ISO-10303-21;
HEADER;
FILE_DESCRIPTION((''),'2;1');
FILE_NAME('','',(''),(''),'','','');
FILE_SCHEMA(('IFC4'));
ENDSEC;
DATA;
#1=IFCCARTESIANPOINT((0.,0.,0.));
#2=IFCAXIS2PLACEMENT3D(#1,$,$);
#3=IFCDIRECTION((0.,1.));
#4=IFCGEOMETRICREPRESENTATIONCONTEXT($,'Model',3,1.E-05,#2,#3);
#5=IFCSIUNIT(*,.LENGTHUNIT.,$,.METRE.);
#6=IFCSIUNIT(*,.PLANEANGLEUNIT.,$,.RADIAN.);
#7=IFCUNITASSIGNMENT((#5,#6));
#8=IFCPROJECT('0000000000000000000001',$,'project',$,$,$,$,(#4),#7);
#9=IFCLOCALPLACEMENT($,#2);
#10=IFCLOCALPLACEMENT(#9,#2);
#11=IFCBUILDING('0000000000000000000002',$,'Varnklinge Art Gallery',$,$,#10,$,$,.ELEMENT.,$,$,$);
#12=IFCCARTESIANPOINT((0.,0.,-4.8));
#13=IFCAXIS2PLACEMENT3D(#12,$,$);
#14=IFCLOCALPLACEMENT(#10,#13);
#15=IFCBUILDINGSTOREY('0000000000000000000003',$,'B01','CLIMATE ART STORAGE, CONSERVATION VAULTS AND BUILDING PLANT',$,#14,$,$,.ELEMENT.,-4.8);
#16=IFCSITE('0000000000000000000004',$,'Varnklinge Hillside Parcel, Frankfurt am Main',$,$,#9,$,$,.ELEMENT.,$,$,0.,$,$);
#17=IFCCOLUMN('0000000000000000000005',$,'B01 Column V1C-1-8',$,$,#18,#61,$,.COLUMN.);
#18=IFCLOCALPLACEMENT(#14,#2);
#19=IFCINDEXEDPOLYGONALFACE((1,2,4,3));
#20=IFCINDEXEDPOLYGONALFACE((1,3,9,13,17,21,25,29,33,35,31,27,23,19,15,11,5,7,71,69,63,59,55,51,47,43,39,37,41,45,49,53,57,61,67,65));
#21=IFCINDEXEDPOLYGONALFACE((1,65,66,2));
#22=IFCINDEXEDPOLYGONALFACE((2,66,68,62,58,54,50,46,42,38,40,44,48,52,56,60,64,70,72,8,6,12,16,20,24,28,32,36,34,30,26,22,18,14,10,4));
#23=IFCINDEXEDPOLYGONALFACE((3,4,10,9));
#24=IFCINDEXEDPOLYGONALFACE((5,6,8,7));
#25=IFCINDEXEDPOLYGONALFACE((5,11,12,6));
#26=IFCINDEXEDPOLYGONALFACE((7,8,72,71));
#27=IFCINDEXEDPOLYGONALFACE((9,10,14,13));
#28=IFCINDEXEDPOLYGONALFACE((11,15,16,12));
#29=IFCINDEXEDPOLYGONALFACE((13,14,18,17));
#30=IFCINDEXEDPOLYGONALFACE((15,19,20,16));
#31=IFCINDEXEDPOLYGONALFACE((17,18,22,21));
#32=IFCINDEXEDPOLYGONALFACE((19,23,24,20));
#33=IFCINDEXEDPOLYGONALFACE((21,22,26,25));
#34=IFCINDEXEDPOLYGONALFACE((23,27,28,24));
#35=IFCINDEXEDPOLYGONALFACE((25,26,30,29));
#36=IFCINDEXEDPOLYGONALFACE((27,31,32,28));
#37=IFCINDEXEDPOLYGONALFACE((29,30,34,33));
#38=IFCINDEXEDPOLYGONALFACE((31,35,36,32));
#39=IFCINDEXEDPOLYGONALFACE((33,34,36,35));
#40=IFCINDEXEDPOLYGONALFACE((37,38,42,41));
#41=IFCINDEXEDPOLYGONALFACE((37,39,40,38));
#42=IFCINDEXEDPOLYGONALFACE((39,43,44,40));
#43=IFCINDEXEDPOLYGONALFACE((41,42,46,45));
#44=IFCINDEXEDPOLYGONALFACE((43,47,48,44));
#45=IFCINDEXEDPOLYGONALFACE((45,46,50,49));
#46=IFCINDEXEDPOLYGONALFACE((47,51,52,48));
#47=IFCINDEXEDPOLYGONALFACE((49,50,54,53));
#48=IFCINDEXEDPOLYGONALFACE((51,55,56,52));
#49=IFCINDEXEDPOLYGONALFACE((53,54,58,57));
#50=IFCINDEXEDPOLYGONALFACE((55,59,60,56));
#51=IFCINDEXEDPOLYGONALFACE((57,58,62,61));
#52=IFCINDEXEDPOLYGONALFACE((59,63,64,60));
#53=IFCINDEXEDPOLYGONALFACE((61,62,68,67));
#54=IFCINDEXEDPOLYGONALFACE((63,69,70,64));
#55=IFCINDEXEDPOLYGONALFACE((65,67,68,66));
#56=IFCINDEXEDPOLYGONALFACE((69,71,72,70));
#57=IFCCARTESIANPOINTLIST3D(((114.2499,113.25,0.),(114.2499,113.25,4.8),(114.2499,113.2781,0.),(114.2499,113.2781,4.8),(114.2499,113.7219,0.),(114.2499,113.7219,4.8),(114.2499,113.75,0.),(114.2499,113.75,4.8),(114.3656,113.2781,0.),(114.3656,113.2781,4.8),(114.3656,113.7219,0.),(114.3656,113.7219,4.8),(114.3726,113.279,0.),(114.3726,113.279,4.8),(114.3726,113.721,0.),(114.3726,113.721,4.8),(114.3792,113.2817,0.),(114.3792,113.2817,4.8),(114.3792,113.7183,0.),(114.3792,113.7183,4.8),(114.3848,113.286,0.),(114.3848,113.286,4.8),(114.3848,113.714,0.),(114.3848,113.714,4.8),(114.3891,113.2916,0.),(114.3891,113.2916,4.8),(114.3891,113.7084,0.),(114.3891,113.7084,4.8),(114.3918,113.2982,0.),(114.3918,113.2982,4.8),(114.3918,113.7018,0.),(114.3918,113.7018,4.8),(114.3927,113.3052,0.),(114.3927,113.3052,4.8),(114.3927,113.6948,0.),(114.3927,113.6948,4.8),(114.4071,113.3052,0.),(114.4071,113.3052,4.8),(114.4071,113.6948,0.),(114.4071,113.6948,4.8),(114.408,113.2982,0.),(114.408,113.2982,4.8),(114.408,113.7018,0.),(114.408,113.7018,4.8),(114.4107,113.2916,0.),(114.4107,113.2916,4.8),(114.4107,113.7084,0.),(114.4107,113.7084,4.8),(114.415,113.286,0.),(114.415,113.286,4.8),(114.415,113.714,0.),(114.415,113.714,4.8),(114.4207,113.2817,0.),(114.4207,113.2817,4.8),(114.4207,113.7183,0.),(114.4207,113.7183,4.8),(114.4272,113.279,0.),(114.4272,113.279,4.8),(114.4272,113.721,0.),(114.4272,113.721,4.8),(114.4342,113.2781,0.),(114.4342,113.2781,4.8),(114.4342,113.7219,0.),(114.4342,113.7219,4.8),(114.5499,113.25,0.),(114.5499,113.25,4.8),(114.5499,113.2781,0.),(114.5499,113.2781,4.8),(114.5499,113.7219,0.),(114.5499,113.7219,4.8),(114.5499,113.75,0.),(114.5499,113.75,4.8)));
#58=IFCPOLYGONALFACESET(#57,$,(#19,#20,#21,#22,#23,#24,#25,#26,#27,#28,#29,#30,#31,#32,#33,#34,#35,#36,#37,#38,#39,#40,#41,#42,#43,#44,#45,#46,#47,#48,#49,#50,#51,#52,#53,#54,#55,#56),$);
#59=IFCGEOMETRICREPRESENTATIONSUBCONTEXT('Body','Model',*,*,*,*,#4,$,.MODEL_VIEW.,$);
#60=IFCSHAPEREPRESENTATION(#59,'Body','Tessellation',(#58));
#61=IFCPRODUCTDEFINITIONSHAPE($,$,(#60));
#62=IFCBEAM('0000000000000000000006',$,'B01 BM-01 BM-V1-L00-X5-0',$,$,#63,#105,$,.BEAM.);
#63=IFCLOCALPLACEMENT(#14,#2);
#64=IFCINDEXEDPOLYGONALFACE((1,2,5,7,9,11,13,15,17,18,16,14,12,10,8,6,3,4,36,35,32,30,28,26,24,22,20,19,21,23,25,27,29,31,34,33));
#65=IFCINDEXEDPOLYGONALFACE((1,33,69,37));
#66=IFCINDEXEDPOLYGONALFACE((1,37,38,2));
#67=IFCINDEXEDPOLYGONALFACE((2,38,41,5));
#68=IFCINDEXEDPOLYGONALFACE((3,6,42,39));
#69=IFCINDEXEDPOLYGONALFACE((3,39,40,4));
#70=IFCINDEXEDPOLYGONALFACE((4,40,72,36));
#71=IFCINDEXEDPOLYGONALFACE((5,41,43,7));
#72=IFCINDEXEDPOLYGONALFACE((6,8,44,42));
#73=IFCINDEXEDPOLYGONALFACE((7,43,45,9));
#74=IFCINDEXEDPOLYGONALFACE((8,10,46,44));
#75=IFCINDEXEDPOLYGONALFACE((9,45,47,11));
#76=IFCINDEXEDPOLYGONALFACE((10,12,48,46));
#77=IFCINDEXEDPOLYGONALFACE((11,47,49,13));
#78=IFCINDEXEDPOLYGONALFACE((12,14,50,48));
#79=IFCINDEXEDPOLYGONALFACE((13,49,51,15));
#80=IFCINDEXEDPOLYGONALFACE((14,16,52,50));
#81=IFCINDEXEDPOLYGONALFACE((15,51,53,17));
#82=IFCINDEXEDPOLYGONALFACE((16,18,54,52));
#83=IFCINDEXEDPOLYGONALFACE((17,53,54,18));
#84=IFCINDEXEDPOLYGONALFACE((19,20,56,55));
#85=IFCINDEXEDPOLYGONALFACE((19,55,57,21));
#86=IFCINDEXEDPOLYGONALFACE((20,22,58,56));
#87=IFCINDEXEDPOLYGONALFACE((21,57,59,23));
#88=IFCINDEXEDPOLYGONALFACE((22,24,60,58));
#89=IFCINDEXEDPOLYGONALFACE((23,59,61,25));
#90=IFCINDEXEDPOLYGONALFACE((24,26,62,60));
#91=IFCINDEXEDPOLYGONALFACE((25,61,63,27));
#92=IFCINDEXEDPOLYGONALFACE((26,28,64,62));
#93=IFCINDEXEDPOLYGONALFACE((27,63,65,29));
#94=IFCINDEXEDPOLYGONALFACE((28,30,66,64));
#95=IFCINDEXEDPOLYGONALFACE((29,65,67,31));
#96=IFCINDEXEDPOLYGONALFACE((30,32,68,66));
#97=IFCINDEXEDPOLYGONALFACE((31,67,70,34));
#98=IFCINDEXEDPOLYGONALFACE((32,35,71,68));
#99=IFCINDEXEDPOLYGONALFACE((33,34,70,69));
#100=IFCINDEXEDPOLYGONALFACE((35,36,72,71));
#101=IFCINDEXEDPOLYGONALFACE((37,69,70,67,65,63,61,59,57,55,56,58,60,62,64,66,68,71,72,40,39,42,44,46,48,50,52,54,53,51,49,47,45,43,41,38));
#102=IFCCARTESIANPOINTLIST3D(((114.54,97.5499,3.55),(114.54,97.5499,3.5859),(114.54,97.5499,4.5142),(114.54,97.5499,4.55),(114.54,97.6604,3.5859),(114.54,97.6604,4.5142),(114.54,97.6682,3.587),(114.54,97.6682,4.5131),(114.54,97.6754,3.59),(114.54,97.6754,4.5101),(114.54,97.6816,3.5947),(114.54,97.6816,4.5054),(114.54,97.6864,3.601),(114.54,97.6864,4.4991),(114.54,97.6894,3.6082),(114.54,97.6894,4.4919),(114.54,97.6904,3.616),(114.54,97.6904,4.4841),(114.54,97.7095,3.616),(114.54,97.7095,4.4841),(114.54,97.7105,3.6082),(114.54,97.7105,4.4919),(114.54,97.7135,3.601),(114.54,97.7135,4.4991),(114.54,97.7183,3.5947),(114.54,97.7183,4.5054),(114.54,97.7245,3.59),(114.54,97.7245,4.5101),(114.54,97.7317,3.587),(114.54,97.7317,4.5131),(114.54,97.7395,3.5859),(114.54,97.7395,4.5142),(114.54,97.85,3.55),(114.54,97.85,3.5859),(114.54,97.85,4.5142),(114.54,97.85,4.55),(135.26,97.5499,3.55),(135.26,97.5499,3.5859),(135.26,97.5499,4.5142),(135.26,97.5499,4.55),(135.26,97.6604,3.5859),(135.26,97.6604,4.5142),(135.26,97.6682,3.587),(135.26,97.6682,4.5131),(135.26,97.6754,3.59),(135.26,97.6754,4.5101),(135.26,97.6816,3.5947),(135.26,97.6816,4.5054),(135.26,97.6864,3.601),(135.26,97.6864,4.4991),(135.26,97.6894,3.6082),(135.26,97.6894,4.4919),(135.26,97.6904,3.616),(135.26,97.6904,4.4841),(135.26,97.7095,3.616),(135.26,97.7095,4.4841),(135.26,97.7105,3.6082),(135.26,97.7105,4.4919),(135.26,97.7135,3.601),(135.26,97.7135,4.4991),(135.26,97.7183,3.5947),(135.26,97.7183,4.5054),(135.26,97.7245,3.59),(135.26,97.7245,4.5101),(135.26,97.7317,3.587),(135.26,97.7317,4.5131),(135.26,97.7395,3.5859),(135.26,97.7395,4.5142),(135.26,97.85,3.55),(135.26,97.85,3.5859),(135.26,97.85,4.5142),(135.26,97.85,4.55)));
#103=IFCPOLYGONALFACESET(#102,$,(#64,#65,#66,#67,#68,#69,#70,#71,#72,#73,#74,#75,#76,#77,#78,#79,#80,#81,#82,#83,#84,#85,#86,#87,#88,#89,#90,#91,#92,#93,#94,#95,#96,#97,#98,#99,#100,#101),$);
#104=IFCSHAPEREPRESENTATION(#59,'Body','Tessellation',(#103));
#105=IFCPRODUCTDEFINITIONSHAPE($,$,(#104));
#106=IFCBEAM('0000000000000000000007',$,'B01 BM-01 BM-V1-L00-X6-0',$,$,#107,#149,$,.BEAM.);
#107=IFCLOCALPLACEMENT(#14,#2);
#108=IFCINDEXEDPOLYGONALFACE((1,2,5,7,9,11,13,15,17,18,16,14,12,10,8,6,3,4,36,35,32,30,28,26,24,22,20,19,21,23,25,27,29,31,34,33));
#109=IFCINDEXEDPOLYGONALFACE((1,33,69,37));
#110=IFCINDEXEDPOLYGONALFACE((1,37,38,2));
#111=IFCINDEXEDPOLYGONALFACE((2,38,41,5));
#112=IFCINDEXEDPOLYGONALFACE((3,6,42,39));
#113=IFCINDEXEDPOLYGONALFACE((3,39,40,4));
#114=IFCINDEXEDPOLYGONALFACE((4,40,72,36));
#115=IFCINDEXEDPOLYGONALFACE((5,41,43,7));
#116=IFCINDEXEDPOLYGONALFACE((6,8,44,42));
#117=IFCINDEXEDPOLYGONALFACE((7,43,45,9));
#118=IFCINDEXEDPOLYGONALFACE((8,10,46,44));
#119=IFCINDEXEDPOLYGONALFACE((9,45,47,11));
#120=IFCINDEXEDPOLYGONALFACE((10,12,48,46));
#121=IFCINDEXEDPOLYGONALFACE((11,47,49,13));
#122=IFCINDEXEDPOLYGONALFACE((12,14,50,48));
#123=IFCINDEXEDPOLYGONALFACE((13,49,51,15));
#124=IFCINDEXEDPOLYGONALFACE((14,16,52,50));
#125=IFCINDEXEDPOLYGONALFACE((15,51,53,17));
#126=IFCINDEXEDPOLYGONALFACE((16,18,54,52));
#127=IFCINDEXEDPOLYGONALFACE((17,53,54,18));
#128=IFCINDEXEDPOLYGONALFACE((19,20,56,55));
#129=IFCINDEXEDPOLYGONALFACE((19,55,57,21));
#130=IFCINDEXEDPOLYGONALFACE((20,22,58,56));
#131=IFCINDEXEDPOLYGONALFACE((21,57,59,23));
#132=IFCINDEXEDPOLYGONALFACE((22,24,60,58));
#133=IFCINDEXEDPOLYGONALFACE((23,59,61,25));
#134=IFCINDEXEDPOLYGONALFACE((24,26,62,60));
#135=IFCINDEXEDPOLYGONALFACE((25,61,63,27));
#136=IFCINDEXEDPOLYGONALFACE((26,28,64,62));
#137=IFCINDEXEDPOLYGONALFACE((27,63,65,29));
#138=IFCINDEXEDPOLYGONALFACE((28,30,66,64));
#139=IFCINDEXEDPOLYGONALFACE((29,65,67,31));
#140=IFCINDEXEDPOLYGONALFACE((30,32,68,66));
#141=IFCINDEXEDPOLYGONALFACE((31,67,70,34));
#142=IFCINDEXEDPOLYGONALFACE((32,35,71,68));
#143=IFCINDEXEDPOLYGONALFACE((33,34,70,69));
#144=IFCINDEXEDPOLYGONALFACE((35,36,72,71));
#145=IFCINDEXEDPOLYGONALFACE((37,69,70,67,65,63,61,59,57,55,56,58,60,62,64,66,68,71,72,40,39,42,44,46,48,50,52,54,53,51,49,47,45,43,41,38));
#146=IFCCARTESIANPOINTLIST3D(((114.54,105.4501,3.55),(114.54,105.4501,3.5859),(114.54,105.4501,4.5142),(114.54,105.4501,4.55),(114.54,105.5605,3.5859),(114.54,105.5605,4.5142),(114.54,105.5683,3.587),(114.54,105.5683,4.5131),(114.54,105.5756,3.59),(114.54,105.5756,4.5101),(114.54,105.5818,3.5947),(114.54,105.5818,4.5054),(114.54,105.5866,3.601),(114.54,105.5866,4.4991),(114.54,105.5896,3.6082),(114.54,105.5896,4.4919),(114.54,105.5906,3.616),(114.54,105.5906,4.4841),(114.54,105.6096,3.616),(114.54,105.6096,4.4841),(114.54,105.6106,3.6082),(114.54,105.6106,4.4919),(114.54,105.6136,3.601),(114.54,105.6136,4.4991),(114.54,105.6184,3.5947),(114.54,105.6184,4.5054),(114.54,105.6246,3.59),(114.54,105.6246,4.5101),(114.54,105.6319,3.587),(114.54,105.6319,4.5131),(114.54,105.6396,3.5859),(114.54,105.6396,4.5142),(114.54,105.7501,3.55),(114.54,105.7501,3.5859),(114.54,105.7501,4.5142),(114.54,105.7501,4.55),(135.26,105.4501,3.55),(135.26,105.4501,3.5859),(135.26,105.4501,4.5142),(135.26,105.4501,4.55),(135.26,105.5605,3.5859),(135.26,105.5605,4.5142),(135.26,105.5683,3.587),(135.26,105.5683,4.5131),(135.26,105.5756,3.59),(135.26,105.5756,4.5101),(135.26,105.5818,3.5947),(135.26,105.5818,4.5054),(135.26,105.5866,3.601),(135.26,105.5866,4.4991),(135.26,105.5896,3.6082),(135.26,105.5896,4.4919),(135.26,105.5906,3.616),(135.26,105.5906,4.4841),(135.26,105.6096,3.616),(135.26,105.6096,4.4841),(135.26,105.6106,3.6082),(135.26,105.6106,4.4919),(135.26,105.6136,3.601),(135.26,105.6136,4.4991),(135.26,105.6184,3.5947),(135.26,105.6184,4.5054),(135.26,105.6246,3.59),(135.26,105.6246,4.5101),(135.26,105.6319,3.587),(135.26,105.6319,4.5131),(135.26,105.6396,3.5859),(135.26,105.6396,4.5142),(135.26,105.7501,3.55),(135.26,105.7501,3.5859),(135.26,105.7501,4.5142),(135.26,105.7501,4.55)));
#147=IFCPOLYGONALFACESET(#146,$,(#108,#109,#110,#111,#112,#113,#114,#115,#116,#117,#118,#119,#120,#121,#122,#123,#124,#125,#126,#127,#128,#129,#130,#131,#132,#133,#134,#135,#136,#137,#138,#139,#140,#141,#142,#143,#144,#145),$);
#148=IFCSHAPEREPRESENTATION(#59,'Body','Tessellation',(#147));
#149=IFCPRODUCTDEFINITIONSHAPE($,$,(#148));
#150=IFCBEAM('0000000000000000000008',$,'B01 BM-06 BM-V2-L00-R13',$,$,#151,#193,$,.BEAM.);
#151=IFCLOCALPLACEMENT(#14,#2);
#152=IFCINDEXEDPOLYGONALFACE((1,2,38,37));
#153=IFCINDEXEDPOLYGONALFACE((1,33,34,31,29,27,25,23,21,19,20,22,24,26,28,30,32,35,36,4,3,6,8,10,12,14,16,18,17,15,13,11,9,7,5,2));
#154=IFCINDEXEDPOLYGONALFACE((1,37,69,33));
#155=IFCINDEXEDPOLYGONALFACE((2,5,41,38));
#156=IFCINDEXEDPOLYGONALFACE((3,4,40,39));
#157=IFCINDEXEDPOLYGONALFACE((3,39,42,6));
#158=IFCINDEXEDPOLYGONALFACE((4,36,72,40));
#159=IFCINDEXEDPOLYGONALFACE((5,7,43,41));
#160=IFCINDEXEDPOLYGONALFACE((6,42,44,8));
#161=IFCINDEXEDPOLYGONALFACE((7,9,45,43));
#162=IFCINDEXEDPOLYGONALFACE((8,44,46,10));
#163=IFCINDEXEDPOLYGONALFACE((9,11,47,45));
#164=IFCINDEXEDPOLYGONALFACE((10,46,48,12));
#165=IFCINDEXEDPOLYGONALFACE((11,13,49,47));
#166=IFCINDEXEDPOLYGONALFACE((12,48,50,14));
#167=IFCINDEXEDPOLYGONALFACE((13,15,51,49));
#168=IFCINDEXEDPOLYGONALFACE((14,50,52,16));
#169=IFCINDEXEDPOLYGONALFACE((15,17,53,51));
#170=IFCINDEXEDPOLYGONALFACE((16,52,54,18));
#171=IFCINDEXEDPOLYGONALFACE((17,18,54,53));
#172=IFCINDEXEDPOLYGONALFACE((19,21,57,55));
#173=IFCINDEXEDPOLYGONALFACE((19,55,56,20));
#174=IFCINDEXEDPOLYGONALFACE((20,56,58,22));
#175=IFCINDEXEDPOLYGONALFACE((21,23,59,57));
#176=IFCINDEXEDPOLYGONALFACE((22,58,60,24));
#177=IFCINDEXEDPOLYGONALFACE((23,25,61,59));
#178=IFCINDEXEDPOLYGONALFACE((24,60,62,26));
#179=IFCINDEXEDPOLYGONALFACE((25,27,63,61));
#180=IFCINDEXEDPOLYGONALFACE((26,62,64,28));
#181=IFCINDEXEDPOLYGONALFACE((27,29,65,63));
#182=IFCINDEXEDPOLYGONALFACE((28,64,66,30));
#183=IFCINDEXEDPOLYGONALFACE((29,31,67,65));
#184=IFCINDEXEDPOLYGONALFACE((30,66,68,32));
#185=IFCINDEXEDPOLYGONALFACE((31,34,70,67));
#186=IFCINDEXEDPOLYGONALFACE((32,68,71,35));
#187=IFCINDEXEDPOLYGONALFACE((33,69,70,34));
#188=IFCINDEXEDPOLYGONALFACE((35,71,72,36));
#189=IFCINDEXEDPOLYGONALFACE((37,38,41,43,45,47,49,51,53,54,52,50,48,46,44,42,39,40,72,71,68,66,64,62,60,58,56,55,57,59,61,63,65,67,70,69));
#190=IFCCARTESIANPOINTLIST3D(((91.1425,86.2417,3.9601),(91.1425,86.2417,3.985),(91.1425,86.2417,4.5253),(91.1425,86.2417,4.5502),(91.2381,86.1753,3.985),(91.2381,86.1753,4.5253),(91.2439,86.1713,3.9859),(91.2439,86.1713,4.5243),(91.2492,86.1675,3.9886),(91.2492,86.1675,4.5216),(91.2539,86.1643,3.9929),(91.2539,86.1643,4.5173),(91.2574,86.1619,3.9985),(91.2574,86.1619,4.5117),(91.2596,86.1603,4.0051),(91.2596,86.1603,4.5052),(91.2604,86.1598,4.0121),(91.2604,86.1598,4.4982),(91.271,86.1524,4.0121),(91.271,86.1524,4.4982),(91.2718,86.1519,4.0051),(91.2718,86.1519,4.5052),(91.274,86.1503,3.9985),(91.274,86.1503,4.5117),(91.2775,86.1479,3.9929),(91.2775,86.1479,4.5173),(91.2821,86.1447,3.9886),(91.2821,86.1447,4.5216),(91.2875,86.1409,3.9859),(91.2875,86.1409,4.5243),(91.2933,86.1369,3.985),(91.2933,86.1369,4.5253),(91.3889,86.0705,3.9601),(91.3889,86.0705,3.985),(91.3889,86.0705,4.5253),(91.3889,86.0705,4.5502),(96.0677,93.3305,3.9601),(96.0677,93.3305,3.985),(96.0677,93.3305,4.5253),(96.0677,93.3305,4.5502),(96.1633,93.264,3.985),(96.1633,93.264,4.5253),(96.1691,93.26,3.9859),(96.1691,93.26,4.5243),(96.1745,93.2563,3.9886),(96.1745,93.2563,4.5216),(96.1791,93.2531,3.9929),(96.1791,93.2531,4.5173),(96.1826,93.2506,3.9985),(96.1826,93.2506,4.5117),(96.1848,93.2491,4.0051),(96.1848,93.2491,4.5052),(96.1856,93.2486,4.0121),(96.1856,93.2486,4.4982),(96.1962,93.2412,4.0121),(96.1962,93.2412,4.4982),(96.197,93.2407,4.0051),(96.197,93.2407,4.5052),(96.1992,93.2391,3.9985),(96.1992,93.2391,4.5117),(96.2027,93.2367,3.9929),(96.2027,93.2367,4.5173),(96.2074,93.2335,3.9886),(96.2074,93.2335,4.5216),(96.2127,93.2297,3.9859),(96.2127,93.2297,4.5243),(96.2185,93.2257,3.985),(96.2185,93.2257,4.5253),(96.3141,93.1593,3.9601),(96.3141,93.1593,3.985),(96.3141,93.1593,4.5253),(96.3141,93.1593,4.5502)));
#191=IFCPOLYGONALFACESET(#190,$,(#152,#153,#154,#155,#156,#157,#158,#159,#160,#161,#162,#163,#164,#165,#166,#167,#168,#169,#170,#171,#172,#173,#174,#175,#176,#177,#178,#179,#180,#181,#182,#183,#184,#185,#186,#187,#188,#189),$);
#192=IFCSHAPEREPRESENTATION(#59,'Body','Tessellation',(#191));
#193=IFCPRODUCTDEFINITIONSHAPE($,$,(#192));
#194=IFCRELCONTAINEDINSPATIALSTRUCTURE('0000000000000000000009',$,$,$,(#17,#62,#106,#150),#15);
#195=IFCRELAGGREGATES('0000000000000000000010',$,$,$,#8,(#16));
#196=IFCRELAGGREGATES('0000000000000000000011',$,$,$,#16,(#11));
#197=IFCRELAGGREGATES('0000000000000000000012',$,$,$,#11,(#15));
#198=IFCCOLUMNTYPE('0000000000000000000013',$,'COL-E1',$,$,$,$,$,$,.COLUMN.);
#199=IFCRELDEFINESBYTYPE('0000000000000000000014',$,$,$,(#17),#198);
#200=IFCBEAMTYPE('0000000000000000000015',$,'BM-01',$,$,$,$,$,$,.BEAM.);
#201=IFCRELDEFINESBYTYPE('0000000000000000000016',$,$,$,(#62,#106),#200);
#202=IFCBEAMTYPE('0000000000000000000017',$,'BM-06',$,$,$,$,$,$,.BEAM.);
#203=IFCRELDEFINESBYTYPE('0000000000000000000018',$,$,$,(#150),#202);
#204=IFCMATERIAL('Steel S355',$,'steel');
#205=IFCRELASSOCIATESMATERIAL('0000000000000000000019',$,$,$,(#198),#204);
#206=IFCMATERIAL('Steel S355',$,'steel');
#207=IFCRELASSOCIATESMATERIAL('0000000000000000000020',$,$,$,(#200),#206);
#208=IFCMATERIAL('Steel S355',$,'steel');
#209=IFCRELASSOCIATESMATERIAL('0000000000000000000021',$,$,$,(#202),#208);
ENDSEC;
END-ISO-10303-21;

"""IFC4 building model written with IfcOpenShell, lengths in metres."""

from ifc_helpers import new_model, si_unit, direction, frame, origin, origin_2d, place, context, subcontext, project, spatial, i_section, extrude, material, material_profile, profile_set, type_object, element, save


model = new_model("IFC4")

# Units and contexts
model_context = context("Model", 3, precision=1e-05, world=origin(), true_north=direction((0.0, 1.0)))
body_context = subcontext(model_context, "Body", "Model", "MODEL_VIEW")
ifc_project = project(units=[si_unit("LENGTHUNIT", "METRE"), si_unit("PLANEANGLEUNIT", "RADIAN")], contexts=[model_context])

# Site, building, storey
site_placement = place(None, origin())
site = spatial("IfcSite", under=ifc_project, at=site_placement, Name="Varnklinge Hillside Parcel, Frankfurt am Main", CompositionType="ELEMENT", RefElevation=0.0)
building_placement = place(site_placement, origin())
building = spatial("IfcBuilding", under=site, at=building_placement, Name="Varnklinge Art Gallery", CompositionType="ELEMENT")
storey_placement = place(building_placement, frame((0.0, 0.0, -4.8)))
storey = spatial("IfcBuildingStorey", under=building, at=storey_placement, Name="B01", Description="CLIMATE ART STORAGE, CONSERVATION VAULTS AND BUILDING PLANT", CompositionType="ELEMENT", Elevation=-4.8)

# Column
ifc_material_1 = material(Name="Steel S355", Category="steel")
ifc_material_profile_1 = material_profile(ifc_material_1, i_section(OverallWidth=0.3, OverallDepth=0.5, WebThickness=0.0144, FlangeThickness=0.0281, FilletRadius=0.0271, at=origin_2d()), Name="HEB 500")
ifc_profile_set_1 = profile_set([ifc_material_profile_1], Name="Steel S355")
column_type_1 = type_object("IfcColumnType", Name="COL-E1", PredefinedType="COLUMN", material=ifc_profile_set_1)
for number, where, z_axis, x_axis, name in (
    (1, (114.3999, 113.5, 0.0), (0.0, 0.0, 1.0), (1.0, 0.0, 0.0), "B01 Column V1C-1-8"),
):
    element("IfcColumn", number, at=place(storey_placement, frame(where, z_axis=z_axis, x_axis=x_axis)), inside=storey, type_object=column_type_1, Name=name, PredefinedType="COLUMN", context=body_context, shape_type="SweptSolid", body=[
        extrude(i_section(OverallWidth=0.3, OverallDepth=0.5, WebThickness=0.0144, FlangeThickness=0.0281, FilletRadius=0.0271, at=origin_2d()), origin(), (0.0, 0.0, 1.0), 4.8),
    ])

# Beams
ifc_material_2 = material(Name="Steel S355", Category="steel")
ifc_material_profile_2 = material_profile(ifc_material_2, i_section(OverallWidth=0.3, OverallDepth=1.0, WebThickness=0.019, FlangeThickness=0.0359, FilletRadius=0.03, at=origin_2d()), Name="HEB 1000")
ifc_profile_set_2 = profile_set([ifc_material_profile_2], Name="Steel S355")
beam_type_1 = type_object("IfcBeamType", Name="BM-01", PredefinedType="BEAM", material=ifc_profile_set_2)
for number, where, z_axis, x_axis, name in (
    (2, (114.54, 97.7, 4.05), (1.0, 0.0, 0.0), (0.0, 1.0, 0.0), "B01 BM-01 BM-V1-L00-X5-0"),
    (3, (114.54, 105.6001, 4.05), (1.0, 0.0, 0.0), (0.0, 1.0, 0.0), "B01 BM-01 BM-V1-L00-X6-0"),
):
    element("IfcBeam", number, at=place(storey_placement, frame(where, z_axis=z_axis, x_axis=x_axis)), inside=storey, type_object=beam_type_1, Name=name, PredefinedType="BEAM", context=body_context, shape_type="SweptSolid", body=[
        extrude(i_section(OverallWidth=0.3, OverallDepth=1.0, WebThickness=0.019, FlangeThickness=0.0359, FilletRadius=0.03, at=origin_2d()), origin(), (0.0, 0.0, 1.0), 20.72),
    ])
ifc_material_3 = material(Name="Steel S355", Category="steel")
ifc_material_profile_3 = material_profile(ifc_material_3, i_section(OverallWidth=0.3, OverallDepth=0.5901, WebThickness=0.0129, FlangeThickness=0.0249, FilletRadius=0.0271, at=origin_2d()), Name="HEA 600")
ifc_profile_set_3 = profile_set([ifc_material_profile_3], Name="Steel S355")
beam_type_2 = type_object("IfcBeamType", Name="BM-06", PredefinedType="BEAM", material=ifc_profile_set_3)
beam_1_placement = place(storey_placement, frame((96.1909, 93.2449, 4.2551), z_axis=(-0.570589, -0.821236, 0.0), x_axis=(0.821236, -0.570589, 0.0)))
element("IfcBeam", 4, at=beam_1_placement, inside=storey, type_object=beam_type_2, Name="B01 BM-06 BM-V2-L00-R13", PredefinedType="BEAM", context=body_context, shape_type="SweptSolid", body=[
    extrude(i_section(OverallWidth=0.3, OverallDepth=0.5901, WebThickness=0.0129, FlangeThickness=0.0249, FilletRadius=0.0271, at=origin_2d()), origin(), (0.0, 0.0, 1.0), 8.6318),
])

save(model, "model.ifc")
